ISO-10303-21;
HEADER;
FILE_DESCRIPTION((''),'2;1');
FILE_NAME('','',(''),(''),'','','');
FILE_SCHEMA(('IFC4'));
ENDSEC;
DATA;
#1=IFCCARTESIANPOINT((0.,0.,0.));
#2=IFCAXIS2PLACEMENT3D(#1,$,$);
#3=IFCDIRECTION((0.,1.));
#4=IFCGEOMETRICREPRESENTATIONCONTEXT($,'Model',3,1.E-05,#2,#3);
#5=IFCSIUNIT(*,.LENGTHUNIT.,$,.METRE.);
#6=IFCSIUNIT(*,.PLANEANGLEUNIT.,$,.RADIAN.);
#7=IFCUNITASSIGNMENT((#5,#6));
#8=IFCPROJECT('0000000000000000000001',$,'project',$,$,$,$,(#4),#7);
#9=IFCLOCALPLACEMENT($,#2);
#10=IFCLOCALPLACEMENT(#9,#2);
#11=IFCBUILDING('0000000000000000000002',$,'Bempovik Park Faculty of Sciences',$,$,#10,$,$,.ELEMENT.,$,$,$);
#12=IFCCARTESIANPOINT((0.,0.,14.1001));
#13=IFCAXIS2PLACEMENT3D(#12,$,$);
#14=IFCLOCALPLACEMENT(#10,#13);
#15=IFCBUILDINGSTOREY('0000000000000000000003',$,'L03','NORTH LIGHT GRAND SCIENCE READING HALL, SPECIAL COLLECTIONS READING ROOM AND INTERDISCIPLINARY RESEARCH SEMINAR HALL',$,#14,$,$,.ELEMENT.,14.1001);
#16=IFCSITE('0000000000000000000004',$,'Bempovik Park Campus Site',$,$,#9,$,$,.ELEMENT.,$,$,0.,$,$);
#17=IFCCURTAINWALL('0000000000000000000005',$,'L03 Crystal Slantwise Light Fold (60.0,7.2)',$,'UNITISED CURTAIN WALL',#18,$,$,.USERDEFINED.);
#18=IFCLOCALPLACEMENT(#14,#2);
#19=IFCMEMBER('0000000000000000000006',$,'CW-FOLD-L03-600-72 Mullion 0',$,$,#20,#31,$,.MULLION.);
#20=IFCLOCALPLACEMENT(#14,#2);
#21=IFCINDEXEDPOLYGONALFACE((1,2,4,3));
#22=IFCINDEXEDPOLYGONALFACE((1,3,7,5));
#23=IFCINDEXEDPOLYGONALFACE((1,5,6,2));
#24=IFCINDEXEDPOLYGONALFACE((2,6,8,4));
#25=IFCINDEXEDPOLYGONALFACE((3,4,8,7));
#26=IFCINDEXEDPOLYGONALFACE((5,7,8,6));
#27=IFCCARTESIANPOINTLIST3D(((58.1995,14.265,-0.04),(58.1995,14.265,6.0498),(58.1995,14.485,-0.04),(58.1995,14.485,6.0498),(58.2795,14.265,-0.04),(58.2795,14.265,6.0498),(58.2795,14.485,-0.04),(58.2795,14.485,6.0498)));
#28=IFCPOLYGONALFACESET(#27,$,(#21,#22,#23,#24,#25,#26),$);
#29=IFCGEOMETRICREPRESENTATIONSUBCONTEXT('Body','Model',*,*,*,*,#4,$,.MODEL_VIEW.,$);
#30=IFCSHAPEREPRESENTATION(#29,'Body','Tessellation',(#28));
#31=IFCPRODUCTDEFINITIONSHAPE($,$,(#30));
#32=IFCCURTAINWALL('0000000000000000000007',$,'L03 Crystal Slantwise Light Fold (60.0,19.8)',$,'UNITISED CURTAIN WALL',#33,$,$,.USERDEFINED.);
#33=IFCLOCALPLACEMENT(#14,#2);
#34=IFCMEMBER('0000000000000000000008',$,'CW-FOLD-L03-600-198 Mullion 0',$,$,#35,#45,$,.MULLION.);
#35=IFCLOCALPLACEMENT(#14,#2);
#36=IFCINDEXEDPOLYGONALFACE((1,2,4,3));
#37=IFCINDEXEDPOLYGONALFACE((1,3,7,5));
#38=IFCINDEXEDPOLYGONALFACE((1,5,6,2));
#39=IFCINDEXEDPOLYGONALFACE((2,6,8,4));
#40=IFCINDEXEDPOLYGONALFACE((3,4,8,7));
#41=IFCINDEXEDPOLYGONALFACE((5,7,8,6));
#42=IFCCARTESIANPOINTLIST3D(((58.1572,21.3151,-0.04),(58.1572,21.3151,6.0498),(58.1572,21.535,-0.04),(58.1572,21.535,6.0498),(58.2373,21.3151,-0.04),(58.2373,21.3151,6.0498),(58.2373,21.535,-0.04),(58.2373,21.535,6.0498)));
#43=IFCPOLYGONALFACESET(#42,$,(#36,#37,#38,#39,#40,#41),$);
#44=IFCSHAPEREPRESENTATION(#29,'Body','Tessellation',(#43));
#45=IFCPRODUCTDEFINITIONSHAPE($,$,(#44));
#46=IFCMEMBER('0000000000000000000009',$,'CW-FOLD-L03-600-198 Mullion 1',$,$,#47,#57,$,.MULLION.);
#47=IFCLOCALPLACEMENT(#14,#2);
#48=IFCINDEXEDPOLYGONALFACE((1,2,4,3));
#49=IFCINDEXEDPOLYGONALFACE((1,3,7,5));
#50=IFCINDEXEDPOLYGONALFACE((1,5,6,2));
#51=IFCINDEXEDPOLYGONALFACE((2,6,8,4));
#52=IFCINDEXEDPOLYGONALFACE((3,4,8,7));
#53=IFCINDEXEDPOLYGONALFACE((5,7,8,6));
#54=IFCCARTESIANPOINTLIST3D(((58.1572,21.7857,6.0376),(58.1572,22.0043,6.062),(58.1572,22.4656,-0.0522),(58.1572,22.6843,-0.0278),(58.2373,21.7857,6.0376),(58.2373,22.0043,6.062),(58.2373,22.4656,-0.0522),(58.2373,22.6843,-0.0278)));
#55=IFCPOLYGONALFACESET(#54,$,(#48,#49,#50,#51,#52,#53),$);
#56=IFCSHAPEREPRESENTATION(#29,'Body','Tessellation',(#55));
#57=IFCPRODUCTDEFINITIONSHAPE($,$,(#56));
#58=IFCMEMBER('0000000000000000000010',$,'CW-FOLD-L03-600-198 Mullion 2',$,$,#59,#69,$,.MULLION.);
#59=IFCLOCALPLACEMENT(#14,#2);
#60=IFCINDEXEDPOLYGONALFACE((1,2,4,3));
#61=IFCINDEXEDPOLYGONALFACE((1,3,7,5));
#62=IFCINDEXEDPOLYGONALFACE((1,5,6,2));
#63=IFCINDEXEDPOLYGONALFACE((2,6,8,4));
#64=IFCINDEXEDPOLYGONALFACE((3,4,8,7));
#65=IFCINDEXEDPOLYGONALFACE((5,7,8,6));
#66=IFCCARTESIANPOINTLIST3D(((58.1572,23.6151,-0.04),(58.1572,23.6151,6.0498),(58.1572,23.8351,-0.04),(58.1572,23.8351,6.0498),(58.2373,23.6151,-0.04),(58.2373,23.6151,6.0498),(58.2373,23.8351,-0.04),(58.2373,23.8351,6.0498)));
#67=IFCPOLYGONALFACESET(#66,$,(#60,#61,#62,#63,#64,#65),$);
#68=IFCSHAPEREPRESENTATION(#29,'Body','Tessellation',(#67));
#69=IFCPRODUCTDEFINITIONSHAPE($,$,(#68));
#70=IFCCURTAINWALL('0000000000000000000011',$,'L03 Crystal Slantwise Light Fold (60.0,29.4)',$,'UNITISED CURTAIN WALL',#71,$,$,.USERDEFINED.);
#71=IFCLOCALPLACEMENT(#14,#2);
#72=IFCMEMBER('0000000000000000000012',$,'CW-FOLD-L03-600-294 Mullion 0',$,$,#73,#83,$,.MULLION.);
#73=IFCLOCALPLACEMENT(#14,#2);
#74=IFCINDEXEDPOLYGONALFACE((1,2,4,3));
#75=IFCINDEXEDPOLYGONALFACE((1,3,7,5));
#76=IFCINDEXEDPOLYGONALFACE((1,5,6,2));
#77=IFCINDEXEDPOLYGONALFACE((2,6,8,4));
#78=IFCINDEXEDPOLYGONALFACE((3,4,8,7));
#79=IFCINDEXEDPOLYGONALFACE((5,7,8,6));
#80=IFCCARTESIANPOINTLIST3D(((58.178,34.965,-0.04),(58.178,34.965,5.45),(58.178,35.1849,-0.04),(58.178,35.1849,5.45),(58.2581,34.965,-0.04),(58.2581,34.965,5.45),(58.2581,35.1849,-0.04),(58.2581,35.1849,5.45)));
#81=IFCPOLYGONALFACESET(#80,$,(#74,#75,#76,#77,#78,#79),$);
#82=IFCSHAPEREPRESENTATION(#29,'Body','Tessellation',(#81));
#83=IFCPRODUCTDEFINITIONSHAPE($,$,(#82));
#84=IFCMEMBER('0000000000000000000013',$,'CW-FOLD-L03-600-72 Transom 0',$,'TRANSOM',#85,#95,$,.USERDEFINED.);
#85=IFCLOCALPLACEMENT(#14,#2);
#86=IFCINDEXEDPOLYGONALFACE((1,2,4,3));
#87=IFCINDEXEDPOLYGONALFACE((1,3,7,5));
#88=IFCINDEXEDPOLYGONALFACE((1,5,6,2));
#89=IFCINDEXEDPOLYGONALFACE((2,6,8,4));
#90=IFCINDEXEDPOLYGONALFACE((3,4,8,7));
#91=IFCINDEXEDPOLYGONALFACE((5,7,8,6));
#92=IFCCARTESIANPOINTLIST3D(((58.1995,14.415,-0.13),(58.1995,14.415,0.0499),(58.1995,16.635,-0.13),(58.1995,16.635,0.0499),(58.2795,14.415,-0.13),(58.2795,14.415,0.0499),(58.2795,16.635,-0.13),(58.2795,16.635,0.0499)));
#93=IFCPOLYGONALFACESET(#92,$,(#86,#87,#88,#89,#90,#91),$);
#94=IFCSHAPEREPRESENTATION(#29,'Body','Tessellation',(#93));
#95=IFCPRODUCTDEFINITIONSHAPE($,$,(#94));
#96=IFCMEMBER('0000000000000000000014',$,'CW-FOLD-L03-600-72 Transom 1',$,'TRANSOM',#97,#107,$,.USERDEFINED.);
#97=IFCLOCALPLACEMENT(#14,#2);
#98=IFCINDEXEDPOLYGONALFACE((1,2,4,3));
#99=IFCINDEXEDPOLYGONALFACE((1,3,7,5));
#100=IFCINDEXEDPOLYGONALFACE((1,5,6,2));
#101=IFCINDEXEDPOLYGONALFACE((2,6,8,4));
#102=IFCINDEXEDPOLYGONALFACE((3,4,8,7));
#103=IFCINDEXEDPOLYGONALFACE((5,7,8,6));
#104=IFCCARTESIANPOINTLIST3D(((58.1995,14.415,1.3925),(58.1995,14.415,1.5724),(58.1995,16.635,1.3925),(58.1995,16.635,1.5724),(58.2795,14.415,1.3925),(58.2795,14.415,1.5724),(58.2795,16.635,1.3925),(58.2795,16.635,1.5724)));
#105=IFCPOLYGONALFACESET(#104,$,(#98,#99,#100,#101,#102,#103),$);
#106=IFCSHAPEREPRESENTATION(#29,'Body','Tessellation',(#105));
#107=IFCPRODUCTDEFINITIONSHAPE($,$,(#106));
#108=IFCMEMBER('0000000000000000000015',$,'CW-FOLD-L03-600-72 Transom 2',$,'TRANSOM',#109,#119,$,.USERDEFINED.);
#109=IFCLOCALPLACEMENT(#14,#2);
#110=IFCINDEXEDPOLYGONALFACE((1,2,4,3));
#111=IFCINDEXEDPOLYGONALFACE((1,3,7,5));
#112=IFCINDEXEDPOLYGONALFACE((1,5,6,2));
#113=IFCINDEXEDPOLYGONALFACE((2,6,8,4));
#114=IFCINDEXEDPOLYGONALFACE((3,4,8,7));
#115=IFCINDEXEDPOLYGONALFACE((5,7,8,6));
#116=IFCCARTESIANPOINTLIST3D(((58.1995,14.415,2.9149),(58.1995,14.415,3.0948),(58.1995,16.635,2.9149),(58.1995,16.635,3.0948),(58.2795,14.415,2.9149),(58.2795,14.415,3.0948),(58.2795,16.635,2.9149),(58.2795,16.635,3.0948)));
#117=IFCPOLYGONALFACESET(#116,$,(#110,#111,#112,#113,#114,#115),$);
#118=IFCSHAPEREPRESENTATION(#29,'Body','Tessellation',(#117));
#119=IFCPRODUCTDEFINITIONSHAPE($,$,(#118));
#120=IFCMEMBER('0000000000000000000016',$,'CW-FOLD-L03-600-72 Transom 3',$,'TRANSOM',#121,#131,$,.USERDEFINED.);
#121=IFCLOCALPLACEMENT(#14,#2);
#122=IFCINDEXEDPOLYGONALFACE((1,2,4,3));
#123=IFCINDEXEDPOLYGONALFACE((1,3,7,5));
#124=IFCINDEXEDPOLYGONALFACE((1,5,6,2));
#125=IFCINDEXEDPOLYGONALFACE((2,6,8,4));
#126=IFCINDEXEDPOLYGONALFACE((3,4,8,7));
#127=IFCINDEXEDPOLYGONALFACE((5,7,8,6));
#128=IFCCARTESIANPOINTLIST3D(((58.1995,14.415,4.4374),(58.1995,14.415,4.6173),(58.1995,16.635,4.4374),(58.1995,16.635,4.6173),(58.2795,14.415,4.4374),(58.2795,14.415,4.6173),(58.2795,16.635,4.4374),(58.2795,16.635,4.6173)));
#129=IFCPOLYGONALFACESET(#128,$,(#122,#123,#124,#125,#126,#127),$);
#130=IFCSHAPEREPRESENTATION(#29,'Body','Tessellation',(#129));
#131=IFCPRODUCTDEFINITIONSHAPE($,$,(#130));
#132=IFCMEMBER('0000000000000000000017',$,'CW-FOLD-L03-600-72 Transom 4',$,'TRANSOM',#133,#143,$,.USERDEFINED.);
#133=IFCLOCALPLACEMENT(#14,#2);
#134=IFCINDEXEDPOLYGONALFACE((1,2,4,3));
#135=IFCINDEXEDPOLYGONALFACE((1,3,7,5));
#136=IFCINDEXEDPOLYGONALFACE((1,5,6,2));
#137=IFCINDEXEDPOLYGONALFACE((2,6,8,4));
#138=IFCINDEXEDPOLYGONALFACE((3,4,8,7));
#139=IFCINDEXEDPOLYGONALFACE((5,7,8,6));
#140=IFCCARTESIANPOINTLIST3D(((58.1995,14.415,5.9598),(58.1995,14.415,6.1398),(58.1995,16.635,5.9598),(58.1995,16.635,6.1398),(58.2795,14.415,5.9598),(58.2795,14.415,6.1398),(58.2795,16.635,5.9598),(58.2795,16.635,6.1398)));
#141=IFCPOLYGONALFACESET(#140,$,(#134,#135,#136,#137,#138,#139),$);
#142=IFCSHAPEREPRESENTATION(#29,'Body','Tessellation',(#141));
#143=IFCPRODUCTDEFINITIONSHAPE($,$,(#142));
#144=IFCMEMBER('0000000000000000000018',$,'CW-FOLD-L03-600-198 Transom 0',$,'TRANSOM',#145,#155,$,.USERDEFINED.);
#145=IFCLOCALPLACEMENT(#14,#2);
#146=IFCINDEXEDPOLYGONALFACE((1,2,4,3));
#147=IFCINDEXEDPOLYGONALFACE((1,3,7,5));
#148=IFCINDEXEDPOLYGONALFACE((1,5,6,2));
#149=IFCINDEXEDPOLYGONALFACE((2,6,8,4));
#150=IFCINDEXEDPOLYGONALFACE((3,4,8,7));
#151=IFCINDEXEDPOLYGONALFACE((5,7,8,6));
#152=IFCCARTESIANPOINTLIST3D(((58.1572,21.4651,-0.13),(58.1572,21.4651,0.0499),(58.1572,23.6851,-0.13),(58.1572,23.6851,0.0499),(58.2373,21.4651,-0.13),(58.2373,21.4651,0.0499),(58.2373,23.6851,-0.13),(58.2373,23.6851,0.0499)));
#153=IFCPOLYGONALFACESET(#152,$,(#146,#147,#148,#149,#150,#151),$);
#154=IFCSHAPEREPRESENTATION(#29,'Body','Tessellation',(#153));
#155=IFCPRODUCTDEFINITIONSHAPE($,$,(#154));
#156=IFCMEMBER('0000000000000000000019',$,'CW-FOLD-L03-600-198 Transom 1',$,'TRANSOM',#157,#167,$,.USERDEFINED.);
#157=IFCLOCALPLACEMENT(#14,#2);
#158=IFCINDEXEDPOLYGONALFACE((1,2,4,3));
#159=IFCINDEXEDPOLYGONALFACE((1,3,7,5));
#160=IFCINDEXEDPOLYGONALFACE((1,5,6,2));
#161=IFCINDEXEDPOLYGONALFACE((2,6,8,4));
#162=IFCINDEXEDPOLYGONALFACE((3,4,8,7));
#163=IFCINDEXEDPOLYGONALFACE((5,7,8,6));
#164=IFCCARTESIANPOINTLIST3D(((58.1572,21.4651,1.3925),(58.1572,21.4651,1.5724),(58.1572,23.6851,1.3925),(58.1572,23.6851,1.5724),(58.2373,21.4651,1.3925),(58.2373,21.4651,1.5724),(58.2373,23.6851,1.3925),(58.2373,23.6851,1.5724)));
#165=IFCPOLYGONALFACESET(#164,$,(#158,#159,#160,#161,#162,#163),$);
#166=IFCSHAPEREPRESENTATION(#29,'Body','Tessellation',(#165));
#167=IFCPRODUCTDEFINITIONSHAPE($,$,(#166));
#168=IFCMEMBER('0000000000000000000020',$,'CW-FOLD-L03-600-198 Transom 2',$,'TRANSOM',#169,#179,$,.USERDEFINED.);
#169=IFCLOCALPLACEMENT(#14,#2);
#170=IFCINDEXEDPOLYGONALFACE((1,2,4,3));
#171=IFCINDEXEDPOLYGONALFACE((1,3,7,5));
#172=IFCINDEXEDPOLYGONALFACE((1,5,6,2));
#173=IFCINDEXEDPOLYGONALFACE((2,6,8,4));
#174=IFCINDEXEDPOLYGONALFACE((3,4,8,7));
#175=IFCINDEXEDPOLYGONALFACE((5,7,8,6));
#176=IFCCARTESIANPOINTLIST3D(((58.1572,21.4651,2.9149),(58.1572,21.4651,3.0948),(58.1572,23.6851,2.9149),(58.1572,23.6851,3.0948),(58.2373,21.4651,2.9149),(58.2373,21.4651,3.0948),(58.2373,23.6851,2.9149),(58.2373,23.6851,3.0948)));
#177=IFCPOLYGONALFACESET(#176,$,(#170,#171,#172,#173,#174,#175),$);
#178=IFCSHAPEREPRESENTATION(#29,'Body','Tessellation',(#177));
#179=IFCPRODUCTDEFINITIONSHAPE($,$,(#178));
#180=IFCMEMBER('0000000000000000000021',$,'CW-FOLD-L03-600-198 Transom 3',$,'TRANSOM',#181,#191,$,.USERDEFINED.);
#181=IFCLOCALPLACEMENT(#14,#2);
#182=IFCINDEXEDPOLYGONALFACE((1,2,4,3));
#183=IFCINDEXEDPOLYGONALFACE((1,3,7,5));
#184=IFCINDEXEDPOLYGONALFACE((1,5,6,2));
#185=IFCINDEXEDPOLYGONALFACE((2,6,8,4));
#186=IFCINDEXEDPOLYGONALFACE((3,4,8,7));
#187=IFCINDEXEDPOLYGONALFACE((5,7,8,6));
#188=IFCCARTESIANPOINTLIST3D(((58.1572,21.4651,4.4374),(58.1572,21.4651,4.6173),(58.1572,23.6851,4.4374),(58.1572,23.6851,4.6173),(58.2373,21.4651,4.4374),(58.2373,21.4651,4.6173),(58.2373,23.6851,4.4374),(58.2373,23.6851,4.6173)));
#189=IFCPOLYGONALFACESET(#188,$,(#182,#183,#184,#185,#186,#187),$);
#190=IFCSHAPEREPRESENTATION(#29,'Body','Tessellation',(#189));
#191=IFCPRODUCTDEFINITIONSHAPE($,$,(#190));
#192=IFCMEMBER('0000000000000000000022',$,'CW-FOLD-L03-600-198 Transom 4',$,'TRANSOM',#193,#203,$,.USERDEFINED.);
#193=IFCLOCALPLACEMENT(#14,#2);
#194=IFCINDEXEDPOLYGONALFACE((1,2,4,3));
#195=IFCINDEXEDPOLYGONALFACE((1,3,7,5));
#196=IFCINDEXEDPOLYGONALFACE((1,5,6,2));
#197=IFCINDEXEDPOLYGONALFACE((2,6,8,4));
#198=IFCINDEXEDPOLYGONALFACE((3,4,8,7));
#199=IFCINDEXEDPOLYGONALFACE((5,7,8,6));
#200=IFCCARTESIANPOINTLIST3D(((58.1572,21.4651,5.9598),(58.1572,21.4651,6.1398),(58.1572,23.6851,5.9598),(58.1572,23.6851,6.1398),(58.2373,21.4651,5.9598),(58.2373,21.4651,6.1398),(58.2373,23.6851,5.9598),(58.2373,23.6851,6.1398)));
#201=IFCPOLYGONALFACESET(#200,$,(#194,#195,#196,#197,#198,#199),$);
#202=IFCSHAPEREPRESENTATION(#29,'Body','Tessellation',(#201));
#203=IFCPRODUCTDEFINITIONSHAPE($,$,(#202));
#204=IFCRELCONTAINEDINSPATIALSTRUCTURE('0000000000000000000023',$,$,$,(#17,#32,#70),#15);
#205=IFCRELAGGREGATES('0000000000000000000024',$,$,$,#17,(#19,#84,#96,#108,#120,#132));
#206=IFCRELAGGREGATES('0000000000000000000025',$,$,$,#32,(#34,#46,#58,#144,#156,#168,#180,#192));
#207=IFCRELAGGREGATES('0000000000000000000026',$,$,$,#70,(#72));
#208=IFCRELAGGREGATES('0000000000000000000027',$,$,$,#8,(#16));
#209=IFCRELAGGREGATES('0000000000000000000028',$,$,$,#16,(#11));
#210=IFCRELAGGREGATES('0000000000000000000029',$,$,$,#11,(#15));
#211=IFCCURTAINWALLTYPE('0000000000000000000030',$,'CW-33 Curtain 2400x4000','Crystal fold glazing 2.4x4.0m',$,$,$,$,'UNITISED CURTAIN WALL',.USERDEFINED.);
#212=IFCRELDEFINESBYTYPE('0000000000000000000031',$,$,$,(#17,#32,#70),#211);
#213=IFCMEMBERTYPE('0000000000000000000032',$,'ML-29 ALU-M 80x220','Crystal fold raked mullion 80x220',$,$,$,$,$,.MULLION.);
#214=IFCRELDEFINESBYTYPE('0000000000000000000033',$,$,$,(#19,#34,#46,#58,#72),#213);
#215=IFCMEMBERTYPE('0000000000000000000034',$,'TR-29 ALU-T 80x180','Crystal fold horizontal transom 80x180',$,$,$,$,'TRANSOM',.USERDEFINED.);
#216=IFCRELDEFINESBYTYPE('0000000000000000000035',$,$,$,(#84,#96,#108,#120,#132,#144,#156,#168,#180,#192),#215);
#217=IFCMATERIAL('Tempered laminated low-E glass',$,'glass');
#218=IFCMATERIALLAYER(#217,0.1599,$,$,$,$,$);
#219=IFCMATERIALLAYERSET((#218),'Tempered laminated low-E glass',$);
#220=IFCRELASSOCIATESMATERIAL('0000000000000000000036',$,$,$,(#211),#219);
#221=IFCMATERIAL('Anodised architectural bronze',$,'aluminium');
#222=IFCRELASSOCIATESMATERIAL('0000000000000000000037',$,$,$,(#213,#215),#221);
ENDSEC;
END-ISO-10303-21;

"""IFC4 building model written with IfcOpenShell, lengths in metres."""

from ifc_helpers import new_model, si_unit, direction, frame, origin, origin_2d, place, context, subcontext, project, spatial, rectangle, extrude, material, layer, layer_set, material_profile, profile_set, type_object, element, aggregate, save


model = new_model("IFC4")

# Units and contexts
model_context = context("Model", 3, precision=1e-05, world=origin(), true_north=direction((0.0, 1.0)))
body_context = subcontext(model_context, "Body", "Model", "MODEL_VIEW")
ifc_project = project(units=[si_unit("LENGTHUNIT", "METRE"), si_unit("PLANEANGLEUNIT", "RADIAN")], contexts=[model_context])

# Site, building, storey
site_placement = place(None, origin())
site = spatial("IfcSite", under=ifc_project, at=site_placement, Name="Bempovik Park Campus Site", CompositionType="ELEMENT", RefElevation=0.0)
building_placement = place(site_placement, origin())
building = spatial("IfcBuilding", under=site, at=building_placement, Name="Bempovik Park Faculty of Sciences", CompositionType="ELEMENT")
storey_placement = place(building_placement, frame((0.0, 0.0, 14.1001)))
storey = spatial("IfcBuildingStorey", under=building, at=storey_placement, Name="L03", Description="NORTH LIGHT GRAND SCIENCE READING HALL, SPECIAL COLLECTIONS READING ROOM AND INTERDISCIPLINARY RESEARCH SEMINAR HALL", CompositionType="ELEMENT", Elevation=14.1001)

# Curtain wall, member
ifc_material_1 = material(Name="Tempered laminated low-E glass", Category="glass")
ifc_layer_1 = layer(ifc_material_1, 0.1599)
ifc_layer_set_1 = layer_set([ifc_layer_1], Name="Tempered laminated low-E glass")
curtain_wall_type = type_object("IfcCurtainWallType", Name="CW-33 Curtain 2400x4000", Description="Crystal fold glazing 2.4x4.0m", ElementType="UNITISED CURTAIN WALL", PredefinedType="USERDEFINED", material=ifc_layer_set_1)
curtain_wall_1_placement = place(storey_placement, origin())
curtain_wall_1 = element("IfcCurtainWall", 1, at=curtain_wall_1_placement, inside=storey, type_object=curtain_wall_type, Name="L03 Crystal Slantwise Light Fold (60.0,7.2)", ObjectType="UNITISED CURTAIN WALL", PredefinedType="USERDEFINED")
ifc_material_2 = material(Name="Anodised architectural bronze", Category="aluminium")
ifc_material_profile_1 = material_profile(ifc_material_2, rectangle(XDim=0.0801, YDim=0.22, at=origin_2d()), Name="ALU-M 80x220")
ifc_profile_set_1 = profile_set([ifc_material_profile_1], Name="Anodised architectural bronze")
member_type_1 = type_object("IfcMemberType", Name="ML-29 ALU-M 80x220", Description="Crystal fold raked mullion 80x220", PredefinedType="MULLION", material=ifc_profile_set_1)
member_1_placement = place(storey_placement, frame((58.2395, 14.375, -0.04), z_axis=(0.0, 0.0, 1.0), x_axis=(1.0, 0.0, 0.0)))
member_1 = element("IfcMember", 2, at=member_1_placement, type_object=member_type_1, Name="CW-FOLD-L03-600-72 Mullion 0", PredefinedType="MULLION", context=body_context, shape_type="SweptSolid", body=[
    extrude(rectangle(XDim=0.0801, YDim=0.22, at=origin_2d()), origin(), (0.0, 0.0, 1.0), 6.0898),
])

# Curtain wall, members
curtain_wall_2_placement = place(storey_placement, origin())
curtain_wall_2 = element("IfcCurtainWall", 3, at=curtain_wall_2_placement, inside=storey, type_object=curtain_wall_type, Name="L03 Crystal Slantwise Light Fold (60.0,19.8)", ObjectType="UNITISED CURTAIN WALL", PredefinedType="USERDEFINED")
member_2_placement = place(storey_placement, frame((58.1973, 21.425, -0.04), z_axis=(0.0, 0.0, 1.0), x_axis=(1.0, 0.0, 0.0)))
member_2 = element("IfcMember", 4, at=member_2_placement, type_object=member_type_1, Name="CW-FOLD-L03-600-198 Mullion 0", PredefinedType="MULLION", context=body_context, shape_type="SweptSolid", body=[
    extrude(rectangle(XDim=0.0801, YDim=0.22, at=origin_2d()), origin(), (0.0, 0.0, 1.0), 6.0898),
])
member_3_placement = place(storey_placement, frame((58.1973, 22.575, -0.04), z_axis=(0.0, -0.110961, 0.993825), x_axis=(1.0, 0.0, 0.0)))
member_3 = element("IfcMember", 5, at=member_3_placement, type_object=member_type_1, Name="CW-FOLD-L03-600-198 Mullion 1", PredefinedType="MULLION", context=body_context, shape_type="SweptSolid", body=[
    extrude(rectangle(XDim=0.0801, YDim=0.22, at=origin_2d()), origin(), (0.0, 0.0, 1.0), 6.1277),
])
member_4_placement = place(storey_placement, frame((58.1973, 23.7251, -0.04), z_axis=(0.0, 0.0, 1.0), x_axis=(1.0, 0.0, 0.0)))
member_4 = element("IfcMember", 6, at=member_4_placement, type_object=member_type_1, Name="CW-FOLD-L03-600-198 Mullion 2", PredefinedType="MULLION", context=body_context, shape_type="SweptSolid", body=[
    extrude(rectangle(XDim=0.0801, YDim=0.22, at=origin_2d()), origin(), (0.0, 0.0, 1.0), 6.0898),
])

# Curtain wall, member
curtain_wall_3_placement = place(storey_placement, origin())
curtain_wall_3 = element("IfcCurtainWall", 7, at=curtain_wall_3_placement, inside=storey, type_object=curtain_wall_type, Name="L03 Crystal Slantwise Light Fold (60.0,29.4)", ObjectType="UNITISED CURTAIN WALL", PredefinedType="USERDEFINED")
member_5_placement = place(storey_placement, frame((58.218, 35.075, -0.04), z_axis=(0.0, 0.0, 1.0), x_axis=(1.0, 0.0, 0.0)))
member_5 = element("IfcMember", 8, at=member_5_placement, type_object=member_type_1, Name="CW-FOLD-L03-600-294 Mullion 0", PredefinedType="MULLION", context=body_context, shape_type="SweptSolid", body=[
    extrude(rectangle(XDim=0.0801, YDim=0.22, at=origin_2d()), origin(), (0.0, 0.0, 1.0), 5.49),
])

# Members
ifc_material_profile_2 = material_profile(ifc_material_2, rectangle(XDim=0.0801, YDim=0.1799, at=origin_2d()), Name="ALU-T 80x180")
ifc_profile_set_2 = profile_set([ifc_material_profile_2], Name="Anodised architectural bronze")
member_type_2 = type_object("IfcMemberType", Name="TR-29 ALU-T 80x180", Description="Crystal fold horizontal transom 80x180", ElementType="TRANSOM", PredefinedType="USERDEFINED", material=ifc_profile_set_2)
member_6_placement = place(storey_placement, frame((58.2395, 14.415, -0.04), z_axis=(0.0, 1.0, 0.0), x_axis=(-1.0, 0.0, 0.0)))
member_6 = element("IfcMember", 9, at=member_6_placement, type_object=member_type_2, Name="CW-FOLD-L03-600-72 Transom 0", ObjectType="TRANSOM", PredefinedType="USERDEFINED", context=body_context, shape_type="SweptSolid", body=[
    extrude(rectangle(XDim=0.0801, YDim=0.1799, at=origin_2d()), origin(), (0.0, 0.0, 1.0), 2.22),
])
member_7_placement = place(storey_placement, frame((58.2395, 14.415, 1.4824), z_axis=(0.0, 1.0, 0.0), x_axis=(-1.0, 0.0, 0.0)))
member_7 = element("IfcMember", 10, at=member_7_placement, type_object=member_type_2, Name="CW-FOLD-L03-600-72 Transom 1", ObjectType="TRANSOM", PredefinedType="USERDEFINED", context=body_context, shape_type="SweptSolid", body=[
    extrude(rectangle(XDim=0.0801, YDim=0.1799, at=origin_2d()), origin(), (0.0, 0.0, 1.0), 2.22),
])
member_8_placement = place(storey_placement, frame((58.2395, 14.415, 3.0049), z_axis=(0.0, 1.0, 0.0), x_axis=(-1.0, 0.0, 0.0)))
member_8 = element("IfcMember", 11, at=member_8_placement, type_object=member_type_2, Name="CW-FOLD-L03-600-72 Transom 2", ObjectType="TRANSOM", PredefinedType="USERDEFINED", context=body_context, shape_type="SweptSolid", body=[
    extrude(rectangle(XDim=0.0801, YDim=0.1799, at=origin_2d()), origin(), (0.0, 0.0, 1.0), 2.22),
])
member_9_placement = place(storey_placement, frame((58.2395, 14.415, 4.5273), z_axis=(0.0, 1.0, 0.0), x_axis=(-1.0, 0.0, 0.0)))
member_9 = element("IfcMember", 12, at=member_9_placement, type_object=member_type_2, Name="CW-FOLD-L03-600-72 Transom 3", ObjectType="TRANSOM", PredefinedType="USERDEFINED", context=body_context, shape_type="SweptSolid", body=[
    extrude(rectangle(XDim=0.0801, YDim=0.1799, at=origin_2d()), origin(), (0.0, 0.0, 1.0), 2.22),
])
member_10_placement = place(storey_placement, frame((58.2395, 14.415, 6.0498), z_axis=(0.0, 1.0, 0.0), x_axis=(-1.0, 0.0, 0.0)))
member_10 = element("IfcMember", 13, at=member_10_placement, type_object=member_type_2, Name="CW-FOLD-L03-600-72 Transom 4", ObjectType="TRANSOM", PredefinedType="USERDEFINED", context=body_context, shape_type="SweptSolid", body=[
    extrude(rectangle(XDim=0.0801, YDim=0.1799, at=origin_2d()), origin(), (0.0, 0.0, 1.0), 2.22),
])
member_11_placement = place(storey_placement, frame((58.1973, 21.4651, -0.04), z_axis=(0.0, 1.0, 0.0), x_axis=(-1.0, 0.0, 0.0)))
member_11 = element("IfcMember", 14, at=member_11_placement, type_object=member_type_2, Name="CW-FOLD-L03-600-198 Transom 0", ObjectType="TRANSOM", PredefinedType="USERDEFINED", context=body_context, shape_type="SweptSolid", body=[
    extrude(rectangle(XDim=0.0801, YDim=0.1799, at=origin_2d()), origin(), (0.0, 0.0, 1.0), 2.22),
])
member_12_placement = place(storey_placement, frame((58.1973, 21.4651, 1.4824), z_axis=(0.0, 1.0, 0.0), x_axis=(-1.0, 0.0, 0.0)))
member_12 = element("IfcMember", 15, at=member_12_placement, type_object=member_type_2, Name="CW-FOLD-L03-600-198 Transom 1", ObjectType="TRANSOM", PredefinedType="USERDEFINED", context=body_context, shape_type="SweptSolid", body=[
    extrude(rectangle(XDim=0.0801, YDim=0.1799, at=origin_2d()), origin(), (0.0, 0.0, 1.0), 2.22),
])
member_13_placement = place(storey_placement, frame((58.1973, 21.4651, 3.0049), z_axis=(0.0, 1.0, 0.0), x_axis=(-1.0, 0.0, 0.0)))
member_13 = element("IfcMember", 16, at=member_13_placement, type_object=member_type_2, Name="CW-FOLD-L03-600-198 Transom 2", ObjectType="TRANSOM", PredefinedType="USERDEFINED", context=body_context, shape_type="SweptSolid", body=[
    extrude(rectangle(XDim=0.0801, YDim=0.1799, at=origin_2d()), origin(), (0.0, 0.0, 1.0), 2.22),
])
member_14_placement = place(storey_placement, frame((58.1973, 21.4651, 4.5273), z_axis=(0.0, 1.0, 0.0), x_axis=(-1.0, 0.0, 0.0)))
member_14 = element("IfcMember", 17, at=member_14_placement, type_object=member_type_2, Name="CW-FOLD-L03-600-198 Transom 3", ObjectType="TRANSOM", PredefinedType="USERDEFINED", context=body_context, shape_type="SweptSolid", body=[
    extrude(rectangle(XDim=0.0801, YDim=0.1799, at=origin_2d()), origin(), (0.0, 0.0, 1.0), 2.22),
])
member_15_placement = place(storey_placement, frame((58.1973, 21.4651, 6.0498), z_axis=(0.0, 1.0, 0.0), x_axis=(-1.0, 0.0, 0.0)))
member_15 = element("IfcMember", 18, at=member_15_placement, type_object=member_type_2, Name="CW-FOLD-L03-600-198 Transom 4", ObjectType="TRANSOM", PredefinedType="USERDEFINED", context=body_context, shape_type="SweptSolid", body=[
    extrude(rectangle(XDim=0.0801, YDim=0.1799, at=origin_2d()), origin(), (0.0, 0.0, 1.0), 2.22),
])

aggregate(curtain_wall_1, [member_1, member_6, member_7, member_8, member_9, member_10])
aggregate(curtain_wall_2, [member_2, member_3, member_4, member_11, member_12, member_13, member_14, member_15])
aggregate(curtain_wall_3, [member_5])

save(model, "model.ifc")
